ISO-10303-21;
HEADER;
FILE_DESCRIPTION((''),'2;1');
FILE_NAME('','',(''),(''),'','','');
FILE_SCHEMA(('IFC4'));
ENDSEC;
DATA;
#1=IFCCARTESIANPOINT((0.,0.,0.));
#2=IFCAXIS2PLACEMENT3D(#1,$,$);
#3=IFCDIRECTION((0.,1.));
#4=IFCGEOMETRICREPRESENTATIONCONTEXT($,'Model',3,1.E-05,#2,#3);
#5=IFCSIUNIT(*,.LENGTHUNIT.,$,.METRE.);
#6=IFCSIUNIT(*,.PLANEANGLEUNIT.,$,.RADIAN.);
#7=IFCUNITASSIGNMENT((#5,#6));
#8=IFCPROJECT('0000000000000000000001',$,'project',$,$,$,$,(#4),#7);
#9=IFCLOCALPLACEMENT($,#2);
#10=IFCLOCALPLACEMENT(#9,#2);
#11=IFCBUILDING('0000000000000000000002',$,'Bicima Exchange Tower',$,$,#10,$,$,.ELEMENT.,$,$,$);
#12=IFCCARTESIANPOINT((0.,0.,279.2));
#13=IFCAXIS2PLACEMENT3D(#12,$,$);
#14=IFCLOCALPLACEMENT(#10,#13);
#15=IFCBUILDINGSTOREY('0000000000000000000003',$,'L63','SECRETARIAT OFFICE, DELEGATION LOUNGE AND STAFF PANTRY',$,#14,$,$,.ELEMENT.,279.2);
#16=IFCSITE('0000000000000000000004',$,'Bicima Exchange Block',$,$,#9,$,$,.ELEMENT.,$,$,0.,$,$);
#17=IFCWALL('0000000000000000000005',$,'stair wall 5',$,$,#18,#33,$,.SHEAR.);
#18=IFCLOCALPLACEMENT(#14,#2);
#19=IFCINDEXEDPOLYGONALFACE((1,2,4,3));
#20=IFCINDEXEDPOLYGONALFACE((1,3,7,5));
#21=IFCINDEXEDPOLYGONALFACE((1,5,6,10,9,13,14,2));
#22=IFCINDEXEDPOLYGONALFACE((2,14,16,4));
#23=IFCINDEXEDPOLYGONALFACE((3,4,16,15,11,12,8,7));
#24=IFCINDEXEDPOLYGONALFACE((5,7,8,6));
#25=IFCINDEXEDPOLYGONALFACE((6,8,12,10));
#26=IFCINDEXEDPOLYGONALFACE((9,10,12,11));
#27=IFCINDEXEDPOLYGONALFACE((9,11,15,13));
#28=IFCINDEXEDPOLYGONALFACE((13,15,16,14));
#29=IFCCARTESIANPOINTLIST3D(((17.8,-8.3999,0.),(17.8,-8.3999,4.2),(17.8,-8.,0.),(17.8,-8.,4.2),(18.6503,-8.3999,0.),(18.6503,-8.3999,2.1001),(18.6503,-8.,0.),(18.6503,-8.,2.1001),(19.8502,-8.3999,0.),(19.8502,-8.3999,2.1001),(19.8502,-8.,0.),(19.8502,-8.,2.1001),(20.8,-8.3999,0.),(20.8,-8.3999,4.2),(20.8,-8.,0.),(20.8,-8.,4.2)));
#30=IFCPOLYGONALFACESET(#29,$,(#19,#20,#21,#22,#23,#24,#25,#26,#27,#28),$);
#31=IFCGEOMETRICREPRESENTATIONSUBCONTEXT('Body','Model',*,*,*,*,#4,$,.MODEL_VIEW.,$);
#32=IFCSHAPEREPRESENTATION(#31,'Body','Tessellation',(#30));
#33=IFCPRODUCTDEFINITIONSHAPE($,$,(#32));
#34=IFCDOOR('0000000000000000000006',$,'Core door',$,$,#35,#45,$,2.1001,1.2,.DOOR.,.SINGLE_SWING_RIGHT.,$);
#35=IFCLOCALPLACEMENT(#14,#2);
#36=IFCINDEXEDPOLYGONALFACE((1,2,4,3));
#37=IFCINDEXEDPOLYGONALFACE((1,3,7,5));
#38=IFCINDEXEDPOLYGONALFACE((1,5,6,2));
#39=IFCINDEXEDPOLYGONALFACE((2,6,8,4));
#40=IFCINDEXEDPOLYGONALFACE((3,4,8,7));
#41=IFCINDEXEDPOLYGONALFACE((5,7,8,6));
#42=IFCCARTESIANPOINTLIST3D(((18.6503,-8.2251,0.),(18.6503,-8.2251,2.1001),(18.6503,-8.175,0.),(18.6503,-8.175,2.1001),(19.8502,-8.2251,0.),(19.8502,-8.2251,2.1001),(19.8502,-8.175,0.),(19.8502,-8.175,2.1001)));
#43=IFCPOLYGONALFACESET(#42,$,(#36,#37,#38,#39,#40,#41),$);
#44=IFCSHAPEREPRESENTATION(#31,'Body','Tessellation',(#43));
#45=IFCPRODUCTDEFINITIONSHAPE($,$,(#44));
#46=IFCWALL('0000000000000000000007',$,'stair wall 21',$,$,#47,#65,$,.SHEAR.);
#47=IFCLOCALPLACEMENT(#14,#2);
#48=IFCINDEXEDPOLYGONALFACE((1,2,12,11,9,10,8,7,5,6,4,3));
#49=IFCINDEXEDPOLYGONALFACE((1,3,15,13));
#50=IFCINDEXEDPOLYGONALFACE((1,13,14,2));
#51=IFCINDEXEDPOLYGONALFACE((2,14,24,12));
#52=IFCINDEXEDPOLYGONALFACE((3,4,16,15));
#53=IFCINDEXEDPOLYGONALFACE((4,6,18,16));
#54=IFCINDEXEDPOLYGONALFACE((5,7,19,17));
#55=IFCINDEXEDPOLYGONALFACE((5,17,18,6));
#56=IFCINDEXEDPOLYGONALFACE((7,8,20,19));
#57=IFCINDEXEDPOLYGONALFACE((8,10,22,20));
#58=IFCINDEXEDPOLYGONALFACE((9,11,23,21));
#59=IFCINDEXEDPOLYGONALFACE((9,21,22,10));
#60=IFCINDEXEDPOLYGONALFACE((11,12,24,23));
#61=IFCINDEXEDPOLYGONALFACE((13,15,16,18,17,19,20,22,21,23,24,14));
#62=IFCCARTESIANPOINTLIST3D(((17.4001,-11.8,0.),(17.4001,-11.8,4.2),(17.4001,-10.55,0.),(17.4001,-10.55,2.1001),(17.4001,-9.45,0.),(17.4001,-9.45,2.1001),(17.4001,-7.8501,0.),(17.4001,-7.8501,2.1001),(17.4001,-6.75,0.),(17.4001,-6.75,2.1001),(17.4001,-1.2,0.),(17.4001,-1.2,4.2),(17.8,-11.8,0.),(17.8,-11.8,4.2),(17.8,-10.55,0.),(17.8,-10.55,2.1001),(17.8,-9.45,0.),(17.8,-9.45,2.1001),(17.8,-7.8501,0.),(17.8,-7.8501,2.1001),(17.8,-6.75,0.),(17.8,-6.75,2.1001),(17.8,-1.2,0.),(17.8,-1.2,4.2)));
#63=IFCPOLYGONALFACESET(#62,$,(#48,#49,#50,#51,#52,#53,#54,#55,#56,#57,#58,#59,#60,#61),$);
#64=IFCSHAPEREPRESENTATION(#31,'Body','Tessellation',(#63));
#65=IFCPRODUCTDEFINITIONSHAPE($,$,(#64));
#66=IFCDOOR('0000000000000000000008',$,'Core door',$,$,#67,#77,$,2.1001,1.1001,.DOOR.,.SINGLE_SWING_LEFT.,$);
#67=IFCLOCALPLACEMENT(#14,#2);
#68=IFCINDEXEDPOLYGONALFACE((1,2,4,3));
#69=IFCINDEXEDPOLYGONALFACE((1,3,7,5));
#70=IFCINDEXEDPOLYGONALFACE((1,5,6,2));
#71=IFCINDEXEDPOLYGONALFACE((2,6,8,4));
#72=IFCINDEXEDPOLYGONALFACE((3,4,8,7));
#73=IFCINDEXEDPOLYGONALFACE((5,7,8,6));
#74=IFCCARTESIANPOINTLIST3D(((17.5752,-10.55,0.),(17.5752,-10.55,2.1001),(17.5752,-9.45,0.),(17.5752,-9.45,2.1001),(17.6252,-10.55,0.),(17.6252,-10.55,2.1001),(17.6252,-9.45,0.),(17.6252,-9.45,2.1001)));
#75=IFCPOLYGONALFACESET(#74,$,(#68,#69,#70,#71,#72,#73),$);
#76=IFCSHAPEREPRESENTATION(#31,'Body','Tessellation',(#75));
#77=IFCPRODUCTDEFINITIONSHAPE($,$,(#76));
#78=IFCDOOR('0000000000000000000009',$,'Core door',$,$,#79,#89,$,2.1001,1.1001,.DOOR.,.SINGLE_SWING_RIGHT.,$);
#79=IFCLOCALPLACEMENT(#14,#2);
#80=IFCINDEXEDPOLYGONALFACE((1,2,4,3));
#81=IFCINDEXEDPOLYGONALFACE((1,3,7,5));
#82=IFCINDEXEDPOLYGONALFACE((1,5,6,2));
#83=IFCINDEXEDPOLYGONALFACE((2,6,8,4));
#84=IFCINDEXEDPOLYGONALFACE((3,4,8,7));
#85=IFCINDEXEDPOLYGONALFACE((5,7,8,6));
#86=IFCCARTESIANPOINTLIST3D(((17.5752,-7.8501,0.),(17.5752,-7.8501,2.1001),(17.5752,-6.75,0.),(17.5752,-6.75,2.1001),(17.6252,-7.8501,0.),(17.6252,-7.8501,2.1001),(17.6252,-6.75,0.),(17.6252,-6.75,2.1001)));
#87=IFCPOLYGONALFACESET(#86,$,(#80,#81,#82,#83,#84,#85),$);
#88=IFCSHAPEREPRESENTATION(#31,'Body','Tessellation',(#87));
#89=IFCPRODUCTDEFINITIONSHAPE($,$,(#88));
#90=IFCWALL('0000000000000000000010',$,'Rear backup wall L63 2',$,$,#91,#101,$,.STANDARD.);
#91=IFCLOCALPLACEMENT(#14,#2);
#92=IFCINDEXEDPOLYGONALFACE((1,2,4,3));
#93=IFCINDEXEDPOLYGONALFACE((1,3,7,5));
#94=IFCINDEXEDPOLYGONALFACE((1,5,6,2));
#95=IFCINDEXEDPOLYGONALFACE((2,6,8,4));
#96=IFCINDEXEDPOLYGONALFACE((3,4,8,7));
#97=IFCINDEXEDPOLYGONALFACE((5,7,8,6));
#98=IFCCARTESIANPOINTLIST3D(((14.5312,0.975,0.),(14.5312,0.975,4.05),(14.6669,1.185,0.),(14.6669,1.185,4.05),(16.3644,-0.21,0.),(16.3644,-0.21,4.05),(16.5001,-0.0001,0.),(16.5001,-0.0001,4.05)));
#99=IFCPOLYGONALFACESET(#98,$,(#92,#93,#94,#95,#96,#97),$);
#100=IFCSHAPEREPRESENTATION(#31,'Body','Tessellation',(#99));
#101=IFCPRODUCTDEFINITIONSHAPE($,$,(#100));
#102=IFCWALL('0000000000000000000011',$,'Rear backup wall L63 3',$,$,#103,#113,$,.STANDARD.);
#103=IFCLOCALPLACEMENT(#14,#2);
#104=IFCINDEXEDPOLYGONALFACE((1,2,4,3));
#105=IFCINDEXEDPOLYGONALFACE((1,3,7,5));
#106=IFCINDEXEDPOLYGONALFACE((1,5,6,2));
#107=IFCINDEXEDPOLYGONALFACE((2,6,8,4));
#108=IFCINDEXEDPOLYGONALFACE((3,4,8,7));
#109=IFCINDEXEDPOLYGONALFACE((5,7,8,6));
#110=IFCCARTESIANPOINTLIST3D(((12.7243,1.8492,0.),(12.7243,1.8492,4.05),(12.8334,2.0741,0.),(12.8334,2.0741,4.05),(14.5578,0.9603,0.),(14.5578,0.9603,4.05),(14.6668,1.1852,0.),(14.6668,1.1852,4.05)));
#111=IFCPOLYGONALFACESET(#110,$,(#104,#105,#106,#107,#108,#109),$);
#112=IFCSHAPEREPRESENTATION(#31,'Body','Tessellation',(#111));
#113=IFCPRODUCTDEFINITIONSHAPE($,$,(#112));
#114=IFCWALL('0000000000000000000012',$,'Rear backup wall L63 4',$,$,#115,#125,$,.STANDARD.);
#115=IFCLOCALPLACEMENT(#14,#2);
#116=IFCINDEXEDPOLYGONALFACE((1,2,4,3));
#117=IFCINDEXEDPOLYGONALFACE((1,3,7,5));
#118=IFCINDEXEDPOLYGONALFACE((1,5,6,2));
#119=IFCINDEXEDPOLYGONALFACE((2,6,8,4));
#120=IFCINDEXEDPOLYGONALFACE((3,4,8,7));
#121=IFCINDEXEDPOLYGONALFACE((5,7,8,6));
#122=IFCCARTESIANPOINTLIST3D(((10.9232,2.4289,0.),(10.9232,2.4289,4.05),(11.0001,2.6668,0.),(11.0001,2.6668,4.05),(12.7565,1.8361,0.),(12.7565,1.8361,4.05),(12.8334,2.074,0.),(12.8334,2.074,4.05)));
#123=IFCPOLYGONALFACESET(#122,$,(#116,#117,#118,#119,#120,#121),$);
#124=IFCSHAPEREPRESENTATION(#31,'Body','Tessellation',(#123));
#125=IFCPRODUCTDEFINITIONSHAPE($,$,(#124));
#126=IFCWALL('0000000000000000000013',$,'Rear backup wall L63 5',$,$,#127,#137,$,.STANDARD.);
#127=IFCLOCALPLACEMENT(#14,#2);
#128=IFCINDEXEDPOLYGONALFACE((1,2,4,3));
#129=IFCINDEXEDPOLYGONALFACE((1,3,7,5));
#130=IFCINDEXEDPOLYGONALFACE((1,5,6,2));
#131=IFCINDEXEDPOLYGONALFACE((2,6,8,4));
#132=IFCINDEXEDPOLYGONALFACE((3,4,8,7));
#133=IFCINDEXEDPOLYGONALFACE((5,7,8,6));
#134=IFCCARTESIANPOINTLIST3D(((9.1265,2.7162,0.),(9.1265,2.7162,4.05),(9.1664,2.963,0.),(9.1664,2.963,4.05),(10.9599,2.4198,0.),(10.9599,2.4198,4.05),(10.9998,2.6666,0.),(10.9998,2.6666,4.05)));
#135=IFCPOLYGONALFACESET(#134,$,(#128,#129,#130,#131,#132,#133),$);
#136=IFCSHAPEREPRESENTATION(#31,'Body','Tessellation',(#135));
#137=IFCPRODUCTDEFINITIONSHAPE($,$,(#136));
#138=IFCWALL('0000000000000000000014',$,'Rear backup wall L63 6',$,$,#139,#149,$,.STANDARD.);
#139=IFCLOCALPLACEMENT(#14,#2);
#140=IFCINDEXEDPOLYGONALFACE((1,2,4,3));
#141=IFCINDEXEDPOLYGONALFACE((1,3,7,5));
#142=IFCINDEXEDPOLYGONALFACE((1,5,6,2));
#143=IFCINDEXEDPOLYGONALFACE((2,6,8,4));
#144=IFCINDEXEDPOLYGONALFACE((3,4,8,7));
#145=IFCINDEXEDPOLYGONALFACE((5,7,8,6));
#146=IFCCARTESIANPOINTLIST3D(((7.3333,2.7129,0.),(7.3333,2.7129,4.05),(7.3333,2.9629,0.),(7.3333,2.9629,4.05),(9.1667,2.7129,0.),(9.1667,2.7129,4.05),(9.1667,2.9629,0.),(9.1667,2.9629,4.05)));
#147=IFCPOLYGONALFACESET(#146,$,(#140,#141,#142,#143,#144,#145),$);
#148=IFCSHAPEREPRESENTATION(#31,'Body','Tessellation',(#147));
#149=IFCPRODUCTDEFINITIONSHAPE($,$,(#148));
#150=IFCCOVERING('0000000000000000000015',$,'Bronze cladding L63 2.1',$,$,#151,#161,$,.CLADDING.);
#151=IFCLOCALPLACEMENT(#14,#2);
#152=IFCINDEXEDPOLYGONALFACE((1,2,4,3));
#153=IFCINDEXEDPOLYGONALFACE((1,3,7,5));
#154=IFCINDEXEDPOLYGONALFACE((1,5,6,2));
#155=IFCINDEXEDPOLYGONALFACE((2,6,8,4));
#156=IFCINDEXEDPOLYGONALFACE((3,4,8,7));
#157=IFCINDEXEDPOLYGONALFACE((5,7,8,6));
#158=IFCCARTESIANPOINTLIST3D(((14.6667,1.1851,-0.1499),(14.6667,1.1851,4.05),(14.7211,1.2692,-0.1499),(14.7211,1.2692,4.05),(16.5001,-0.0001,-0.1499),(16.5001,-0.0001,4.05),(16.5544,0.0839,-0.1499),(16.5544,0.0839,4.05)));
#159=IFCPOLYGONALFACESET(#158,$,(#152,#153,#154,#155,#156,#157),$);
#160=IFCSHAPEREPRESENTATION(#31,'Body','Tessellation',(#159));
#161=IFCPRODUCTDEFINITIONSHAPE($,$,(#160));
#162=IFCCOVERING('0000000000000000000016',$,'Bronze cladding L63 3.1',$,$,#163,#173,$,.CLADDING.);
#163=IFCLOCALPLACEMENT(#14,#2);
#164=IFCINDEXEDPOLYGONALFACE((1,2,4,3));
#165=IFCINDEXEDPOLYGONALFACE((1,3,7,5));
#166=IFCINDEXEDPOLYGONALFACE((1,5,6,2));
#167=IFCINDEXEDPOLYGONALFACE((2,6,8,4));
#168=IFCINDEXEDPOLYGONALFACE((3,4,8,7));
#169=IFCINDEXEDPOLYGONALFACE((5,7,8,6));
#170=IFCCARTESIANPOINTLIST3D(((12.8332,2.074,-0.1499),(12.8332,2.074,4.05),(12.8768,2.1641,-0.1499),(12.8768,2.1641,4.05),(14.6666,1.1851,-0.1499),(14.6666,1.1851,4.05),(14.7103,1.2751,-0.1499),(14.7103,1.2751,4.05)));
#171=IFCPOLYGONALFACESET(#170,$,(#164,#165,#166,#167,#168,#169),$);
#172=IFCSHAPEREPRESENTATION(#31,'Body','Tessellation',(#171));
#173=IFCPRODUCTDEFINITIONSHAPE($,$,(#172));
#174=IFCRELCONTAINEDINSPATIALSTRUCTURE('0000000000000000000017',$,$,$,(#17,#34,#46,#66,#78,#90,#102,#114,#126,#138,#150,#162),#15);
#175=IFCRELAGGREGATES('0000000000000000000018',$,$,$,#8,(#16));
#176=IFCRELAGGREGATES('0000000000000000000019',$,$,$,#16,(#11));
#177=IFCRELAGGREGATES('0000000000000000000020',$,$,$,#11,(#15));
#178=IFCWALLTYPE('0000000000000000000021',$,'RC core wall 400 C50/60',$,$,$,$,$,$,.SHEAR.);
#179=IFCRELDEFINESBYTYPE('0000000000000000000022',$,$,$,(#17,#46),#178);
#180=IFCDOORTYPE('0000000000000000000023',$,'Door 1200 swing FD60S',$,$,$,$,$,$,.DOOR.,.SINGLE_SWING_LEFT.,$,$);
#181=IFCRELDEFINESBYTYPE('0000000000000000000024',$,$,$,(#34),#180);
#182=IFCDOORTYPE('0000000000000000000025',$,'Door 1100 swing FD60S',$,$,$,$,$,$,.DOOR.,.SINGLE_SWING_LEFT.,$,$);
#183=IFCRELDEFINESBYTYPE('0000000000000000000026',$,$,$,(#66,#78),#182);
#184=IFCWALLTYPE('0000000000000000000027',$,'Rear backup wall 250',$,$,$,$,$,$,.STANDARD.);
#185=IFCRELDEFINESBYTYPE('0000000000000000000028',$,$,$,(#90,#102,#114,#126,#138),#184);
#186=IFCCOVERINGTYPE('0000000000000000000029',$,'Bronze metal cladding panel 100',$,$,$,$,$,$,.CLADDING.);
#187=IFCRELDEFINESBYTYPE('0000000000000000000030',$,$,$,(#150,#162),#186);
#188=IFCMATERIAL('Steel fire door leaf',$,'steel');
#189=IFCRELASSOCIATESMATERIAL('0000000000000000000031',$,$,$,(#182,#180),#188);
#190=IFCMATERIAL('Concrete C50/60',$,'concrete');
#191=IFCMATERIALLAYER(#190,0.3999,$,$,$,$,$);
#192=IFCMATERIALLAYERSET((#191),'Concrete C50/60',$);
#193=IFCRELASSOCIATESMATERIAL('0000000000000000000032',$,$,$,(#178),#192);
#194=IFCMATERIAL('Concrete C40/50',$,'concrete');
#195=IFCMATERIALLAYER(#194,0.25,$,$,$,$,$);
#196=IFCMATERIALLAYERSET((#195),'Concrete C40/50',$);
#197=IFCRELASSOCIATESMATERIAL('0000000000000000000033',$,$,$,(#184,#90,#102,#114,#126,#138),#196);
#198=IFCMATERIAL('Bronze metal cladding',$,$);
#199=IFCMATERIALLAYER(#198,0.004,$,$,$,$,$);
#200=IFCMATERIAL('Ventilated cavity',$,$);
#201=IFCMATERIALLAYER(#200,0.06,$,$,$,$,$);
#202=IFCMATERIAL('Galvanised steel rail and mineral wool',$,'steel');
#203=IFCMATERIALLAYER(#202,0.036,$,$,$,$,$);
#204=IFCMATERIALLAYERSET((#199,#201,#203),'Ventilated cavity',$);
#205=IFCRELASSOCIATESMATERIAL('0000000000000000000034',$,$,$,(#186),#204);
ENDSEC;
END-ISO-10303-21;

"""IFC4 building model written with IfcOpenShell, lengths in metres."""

from ifc_helpers import new_model, si_unit, direction, frame, frame_2d, origin, origin_2d, place, context, subcontext, project, spatial, rectangle, extrude, material, layer, layer_set, layer_usage, type_object, element, fill, save


model = new_model("IFC4")

# Units and contexts
model_context = context("Model", 3, precision=1e-05, world=origin(), true_north=direction((0.0, 1.0)))
body_context = subcontext(model_context, "Body", "Model", "MODEL_VIEW")
ifc_project = project(units=[si_unit("LENGTHUNIT", "METRE"), si_unit("PLANEANGLEUNIT", "RADIAN")], contexts=[model_context])

# Site, building, storey
site_placement = place(None, origin())
site = spatial("IfcSite", under=ifc_project, at=site_placement, Name="Bicima Exchange Block", CompositionType="ELEMENT", RefElevation=0.0)
building_placement = place(site_placement, origin())
building = spatial("IfcBuilding", under=site, at=building_placement, Name="Bicima Exchange Tower", CompositionType="ELEMENT")
storey_placement = place(building_placement, frame((0.0, 0.0, 279.2)))
storey = spatial("IfcBuildingStorey", under=building, at=storey_placement, Name="L63", Description="SECRETARIAT OFFICE, DELEGATION LOUNGE AND STAFF PANTRY", CompositionType="ELEMENT", Elevation=279.2)

# Wall, opening, door
ifc_material_1 = material(Name="Concrete C40/50", Category="concrete")
ifc_material_2 = material(Name="Steel fire door leaf", Category="steel")
door_type_1 = type_object("IfcDoorType", Name="Door 1100 swing FD60S", OperationType="SINGLE_SWING_LEFT", PredefinedType="DOOR", material=ifc_material_2)
ifc_material_3 = material(Name="Concrete C50/60", Category="concrete")
ifc_layer_1 = layer(ifc_material_3, 0.3999)
ifc_layer_set_1 = layer_set([ifc_layer_1], Name="Concrete C50/60")
wall_type_1 = type_object("IfcWallType", Name="RC core wall 400 C50/60", PredefinedType="SHEAR", material=ifc_layer_set_1)
wall_1_placement = place(storey_placement, frame((17.8, -8.2, 0.0), z_axis=(0.0, 0.0, 1.0), x_axis=(1.0, 0.0, 0.0)))
wall_1 = element("IfcWall", 1, at=wall_1_placement, inside=storey, type_object=wall_type_1, Name="stair wall 5", PredefinedType="SHEAR", context=body_context, shape_type="SweptSolid", body=[
    extrude(rectangle(XDim=3.0, YDim=0.3999, at=frame_2d((1.5, 0.0))), origin(), (0.0, 0.0, 1.0), 4.2),
])
opening_1_placement = place(wall_1_placement, frame((0.8501, 0.0, 0.0)))
opening_1 = element("IfcOpeningElement", 2, at=opening_1_placement, cuts=wall_1, PredefinedType="OPENING", context=body_context, shape_type="SweptSolid", body=[
    extrude(rectangle(XDim=1.2, YDim=2.1001, at=frame_2d((0.6001, 1.05))), frame((0.0, 0.2119, 0.0), z_axis=(0.0, -1.0, 0.0), x_axis=(1.0, 0.0, 0.0)), (0.0, 0.0, 1.0), 0.4238),
])
door_type_2 = type_object("IfcDoorType", Name="Door 1200 swing FD60S", OperationType="SINGLE_SWING_LEFT", PredefinedType="DOOR", material=ifc_material_2)
door_1_placement = place(opening_1_placement, origin())
door_1 = element("IfcDoor", 3, at=door_1_placement, inside=storey, type_object=door_type_2, Name="Core door", OperationType="SINGLE_SWING_RIGHT", OverallHeight=2.1001, OverallWidth=1.2, PredefinedType="DOOR", context=body_context, shape_type="SweptSolid", body=[
    extrude(rectangle(XDim=1.2, YDim=2.1001, at=frame_2d((0.6001, 1.05))), frame((0.0, 0.0249, 0.0), z_axis=(0.0, -1.0, 0.0), x_axis=(1.0, 0.0, 0.0)), (0.0, 0.0, 1.0), 0.05),
])
fill(opening_1, door_1)

# Wall, openings, doors
wall_2_placement = place(storey_placement, frame((17.6001, -11.8, 0.0), z_axis=(0.0, 0.0, 1.0), x_axis=(0.0, 1.0, 0.0)))
wall_2 = element("IfcWall", 4, at=wall_2_placement, inside=storey, type_object=wall_type_1, Name="stair wall 21", PredefinedType="SHEAR", context=body_context, shape_type="SweptSolid", body=[
    extrude(rectangle(XDim=10.6001, YDim=0.3999, at=frame_2d((5.3, 0.0))), origin(), (0.0, 0.0, 1.0), 4.2),
])
opening_2_placement = place(wall_2_placement, frame((1.25, 0.0, 0.0)))
opening_2 = element("IfcOpeningElement", 5, at=opening_2_placement, cuts=wall_2, PredefinedType="OPENING", context=body_context, shape_type="SweptSolid", body=[
    extrude(rectangle(XDim=1.1001, YDim=2.1001, at=frame_2d((0.55, 1.05))), frame((0.0, 0.2119, 0.0), z_axis=(0.0, -1.0, 0.0), x_axis=(1.0, 0.0, 0.0)), (0.0, 0.0, 1.0), 0.4238),
])
opening_3_placement = place(wall_2_placement, frame((3.95, 0.0, 0.0)))
opening_3 = element("IfcOpeningElement", 6, at=opening_3_placement, cuts=wall_2, PredefinedType="OPENING", context=body_context, shape_type="SweptSolid", body=[
    extrude(rectangle(XDim=1.1001, YDim=2.1001, at=frame_2d((0.55, 1.05))), frame((0.0, 0.2119, 0.0), z_axis=(0.0, -1.0, 0.0), x_axis=(1.0, 0.0, 0.0)), (0.0, 0.0, 1.0), 0.4238),
])
door_2_placement = place(opening_2_placement, origin())
door_2 = element("IfcDoor", 7, at=door_2_placement, inside=storey, type_object=door_type_1, Name="Core door", OperationType="SINGLE_SWING_LEFT", OverallHeight=2.1001, OverallWidth=1.1001, PredefinedType="DOOR", context=body_context, shape_type="SweptSolid", body=[
    extrude(rectangle(XDim=1.1001, YDim=2.1001, at=frame_2d((0.55, 1.05))), frame((0.0, 0.0249, 0.0), z_axis=(0.0, -1.0, 0.0), x_axis=(1.0, 0.0, 0.0)), (0.0, 0.0, 1.0), 0.05),
])
fill(opening_2, door_2)
door_3_placement = place(opening_3_placement, origin())
door_3 = element("IfcDoor", 8, at=door_3_placement, inside=storey, type_object=door_type_1, Name="Core door", OperationType="SINGLE_SWING_RIGHT", OverallHeight=2.1001, OverallWidth=1.1001, PredefinedType="DOOR", context=body_context, shape_type="SweptSolid", body=[
    extrude(rectangle(XDim=1.1001, YDim=2.1001, at=frame_2d((0.55, 1.05))), frame((0.0, 0.0249, 0.0), z_axis=(0.0, -1.0, 0.0), x_axis=(1.0, 0.0, 0.0)), (0.0, 0.0, 1.0), 0.05),
])
fill(opening_3, door_3)

# Walls
ifc_layer_2 = layer(ifc_material_1, 0.25)
ifc_layer_set_2 = layer_set([ifc_layer_2], Name="Concrete C40/50")
ifc_layer_usage = layer_usage(ifc_layer_set_2, "AXIS2", "POSITIVE", -0.125)
wall_type_2 = type_object("IfcWallType", Name="Rear backup wall 250", PredefinedType="STANDARD", material=ifc_layer_set_2)
wall_3_placement = place(storey_placement, frame((16.4321, -0.105, 0.0), z_axis=(0.0, 0.0, 1.0), x_axis=(-0.839813, 0.542876, 0.0)))
element("IfcWall", 9, at=wall_3_placement, inside=storey, type_object=wall_type_2, material=ifc_layer_usage, Name="Rear backup wall L63 2", PredefinedType="STANDARD", context=body_context, shape_type="SweptSolid", body=[
    extrude(rectangle(XDim=2.1829, YDim=0.25, at=frame_2d((1.0913, 0.0))), origin(), (0.0, 0.0, 1.0), 4.05),
])
wall_4_placement = place(storey_placement, frame((14.6123, 1.0728, 0.0), z_axis=(0.0, 0.0, 1.0), x_axis=(-0.899824, 0.436253, 0.0)))
element("IfcWall", 10, at=wall_4_placement, inside=storey, type_object=wall_type_2, material=ifc_layer_usage, Name="Rear backup wall L63 3", PredefinedType="STANDARD", context=body_context, shape_type="SweptSolid", body=[
    extrude(rectangle(XDim=2.0376, YDim=0.25, at=frame_2d((1.0188, 0.0))), origin(), (0.0, 0.0, 1.0), 4.05),
])
wall_5_placement = place(storey_placement, frame((12.7949, 1.9551, 0.0), z_axis=(0.0, 0.0, 1.0), x_axis=(-0.951496, 0.307662, 0.0)))
element("IfcWall", 11, at=wall_5_placement, inside=storey, type_object=wall_type_2, material=ifc_layer_usage, Name="Rear backup wall L63 4", PredefinedType="STANDARD", context=body_context, shape_type="SweptSolid", body=[
    extrude(rectangle(XDim=1.9268, YDim=0.25, at=frame_2d((0.9634, 0.0))), origin(), (0.0, 0.0, 1.0), 4.05),
])
wall_6_placement = place(storey_placement, frame((10.98, 2.5432, 0.0), z_axis=(0.0, 0.0, 1.0), x_axis=(-0.987182, 0.1596, 0.0)))
element("IfcWall", 12, at=wall_6_placement, inside=storey, type_object=wall_type_2, material=ifc_layer_usage, Name="Rear backup wall L63 5", PredefinedType="STANDARD", context=body_context, shape_type="SweptSolid", body=[
    extrude(rectangle(XDim=1.8572, YDim=0.25, at=frame_2d((0.9287, 0.0))), origin(), (0.0, 0.0, 1.0), 4.05),
])
wall_7_placement = place(storey_placement, frame((9.1667, 2.8379, 0.0), z_axis=(0.0, 0.0, 1.0), x_axis=(-1.0, 0.0, 0.0)))
element("IfcWall", 13, at=wall_7_placement, inside=storey, type_object=wall_type_2, material=ifc_layer_usage, Name="Rear backup wall L63 6", PredefinedType="STANDARD", context=body_context, shape_type="SweptSolid", body=[
    extrude(rectangle(XDim=1.8335, YDim=0.25, at=frame_2d((0.9167, 0.0))), origin(), (0.0, 0.0, 1.0), 4.05),
])

# Coverings
ifc_material_4 = material(Name="Bronze metal cladding")
ifc_layer_3 = layer(ifc_material_4, 0.004)
ifc_material_5 = material(Name="Ventilated cavity")
ifc_layer_4 = layer(ifc_material_5, 0.06)
ifc_material_6 = material(Name="Galvanised steel rail and mineral wool", Category="steel")
ifc_layer_5 = layer(ifc_material_6, 0.036)
ifc_layer_set_3 = layer_set([ifc_layer_3, ifc_layer_4, ifc_layer_5], Name="Ventilated cavity")
covering_type = type_object("IfcCoveringType", Name="Bronze metal cladding panel 100", PredefinedType="CLADDING", material=ifc_layer_set_3)
covering_1_placement = place(storey_placement, frame((15.6106, 0.6345, -0.1499), z_axis=(0.0, 0.0, 1.0), x_axis=(-0.83979, 0.542911, 0.0)))
element("IfcCovering", 14, at=covering_1_placement, inside=storey, type_object=covering_type, Name="Bronze cladding L63 2.1", PredefinedType="CLADDING", context=body_context, shape_type="SweptSolid", body=[
    extrude(rectangle(XDim=2.1831, YDim=0.1001, at=origin_2d()), origin(), (0.0, 0.0, 1.0), 4.2),
])
covering_2_placement = place(storey_placement, frame((13.7717, 1.6746, -0.1499), z_axis=(0.0, 0.0, 1.0), x_axis=(-0.899818, 0.436265, 0.0)))
element("IfcCovering", 15, at=covering_2_placement, inside=storey, type_object=covering_type, Name="Bronze cladding L63 3.1", PredefinedType="CLADDING", context=body_context, shape_type="SweptSolid", body=[
    extrude(rectangle(XDim=2.0376, YDim=0.1001, at=origin_2d()), origin(), (0.0, 0.0, 1.0), 4.2),
])

save(model, "model.ifc")
